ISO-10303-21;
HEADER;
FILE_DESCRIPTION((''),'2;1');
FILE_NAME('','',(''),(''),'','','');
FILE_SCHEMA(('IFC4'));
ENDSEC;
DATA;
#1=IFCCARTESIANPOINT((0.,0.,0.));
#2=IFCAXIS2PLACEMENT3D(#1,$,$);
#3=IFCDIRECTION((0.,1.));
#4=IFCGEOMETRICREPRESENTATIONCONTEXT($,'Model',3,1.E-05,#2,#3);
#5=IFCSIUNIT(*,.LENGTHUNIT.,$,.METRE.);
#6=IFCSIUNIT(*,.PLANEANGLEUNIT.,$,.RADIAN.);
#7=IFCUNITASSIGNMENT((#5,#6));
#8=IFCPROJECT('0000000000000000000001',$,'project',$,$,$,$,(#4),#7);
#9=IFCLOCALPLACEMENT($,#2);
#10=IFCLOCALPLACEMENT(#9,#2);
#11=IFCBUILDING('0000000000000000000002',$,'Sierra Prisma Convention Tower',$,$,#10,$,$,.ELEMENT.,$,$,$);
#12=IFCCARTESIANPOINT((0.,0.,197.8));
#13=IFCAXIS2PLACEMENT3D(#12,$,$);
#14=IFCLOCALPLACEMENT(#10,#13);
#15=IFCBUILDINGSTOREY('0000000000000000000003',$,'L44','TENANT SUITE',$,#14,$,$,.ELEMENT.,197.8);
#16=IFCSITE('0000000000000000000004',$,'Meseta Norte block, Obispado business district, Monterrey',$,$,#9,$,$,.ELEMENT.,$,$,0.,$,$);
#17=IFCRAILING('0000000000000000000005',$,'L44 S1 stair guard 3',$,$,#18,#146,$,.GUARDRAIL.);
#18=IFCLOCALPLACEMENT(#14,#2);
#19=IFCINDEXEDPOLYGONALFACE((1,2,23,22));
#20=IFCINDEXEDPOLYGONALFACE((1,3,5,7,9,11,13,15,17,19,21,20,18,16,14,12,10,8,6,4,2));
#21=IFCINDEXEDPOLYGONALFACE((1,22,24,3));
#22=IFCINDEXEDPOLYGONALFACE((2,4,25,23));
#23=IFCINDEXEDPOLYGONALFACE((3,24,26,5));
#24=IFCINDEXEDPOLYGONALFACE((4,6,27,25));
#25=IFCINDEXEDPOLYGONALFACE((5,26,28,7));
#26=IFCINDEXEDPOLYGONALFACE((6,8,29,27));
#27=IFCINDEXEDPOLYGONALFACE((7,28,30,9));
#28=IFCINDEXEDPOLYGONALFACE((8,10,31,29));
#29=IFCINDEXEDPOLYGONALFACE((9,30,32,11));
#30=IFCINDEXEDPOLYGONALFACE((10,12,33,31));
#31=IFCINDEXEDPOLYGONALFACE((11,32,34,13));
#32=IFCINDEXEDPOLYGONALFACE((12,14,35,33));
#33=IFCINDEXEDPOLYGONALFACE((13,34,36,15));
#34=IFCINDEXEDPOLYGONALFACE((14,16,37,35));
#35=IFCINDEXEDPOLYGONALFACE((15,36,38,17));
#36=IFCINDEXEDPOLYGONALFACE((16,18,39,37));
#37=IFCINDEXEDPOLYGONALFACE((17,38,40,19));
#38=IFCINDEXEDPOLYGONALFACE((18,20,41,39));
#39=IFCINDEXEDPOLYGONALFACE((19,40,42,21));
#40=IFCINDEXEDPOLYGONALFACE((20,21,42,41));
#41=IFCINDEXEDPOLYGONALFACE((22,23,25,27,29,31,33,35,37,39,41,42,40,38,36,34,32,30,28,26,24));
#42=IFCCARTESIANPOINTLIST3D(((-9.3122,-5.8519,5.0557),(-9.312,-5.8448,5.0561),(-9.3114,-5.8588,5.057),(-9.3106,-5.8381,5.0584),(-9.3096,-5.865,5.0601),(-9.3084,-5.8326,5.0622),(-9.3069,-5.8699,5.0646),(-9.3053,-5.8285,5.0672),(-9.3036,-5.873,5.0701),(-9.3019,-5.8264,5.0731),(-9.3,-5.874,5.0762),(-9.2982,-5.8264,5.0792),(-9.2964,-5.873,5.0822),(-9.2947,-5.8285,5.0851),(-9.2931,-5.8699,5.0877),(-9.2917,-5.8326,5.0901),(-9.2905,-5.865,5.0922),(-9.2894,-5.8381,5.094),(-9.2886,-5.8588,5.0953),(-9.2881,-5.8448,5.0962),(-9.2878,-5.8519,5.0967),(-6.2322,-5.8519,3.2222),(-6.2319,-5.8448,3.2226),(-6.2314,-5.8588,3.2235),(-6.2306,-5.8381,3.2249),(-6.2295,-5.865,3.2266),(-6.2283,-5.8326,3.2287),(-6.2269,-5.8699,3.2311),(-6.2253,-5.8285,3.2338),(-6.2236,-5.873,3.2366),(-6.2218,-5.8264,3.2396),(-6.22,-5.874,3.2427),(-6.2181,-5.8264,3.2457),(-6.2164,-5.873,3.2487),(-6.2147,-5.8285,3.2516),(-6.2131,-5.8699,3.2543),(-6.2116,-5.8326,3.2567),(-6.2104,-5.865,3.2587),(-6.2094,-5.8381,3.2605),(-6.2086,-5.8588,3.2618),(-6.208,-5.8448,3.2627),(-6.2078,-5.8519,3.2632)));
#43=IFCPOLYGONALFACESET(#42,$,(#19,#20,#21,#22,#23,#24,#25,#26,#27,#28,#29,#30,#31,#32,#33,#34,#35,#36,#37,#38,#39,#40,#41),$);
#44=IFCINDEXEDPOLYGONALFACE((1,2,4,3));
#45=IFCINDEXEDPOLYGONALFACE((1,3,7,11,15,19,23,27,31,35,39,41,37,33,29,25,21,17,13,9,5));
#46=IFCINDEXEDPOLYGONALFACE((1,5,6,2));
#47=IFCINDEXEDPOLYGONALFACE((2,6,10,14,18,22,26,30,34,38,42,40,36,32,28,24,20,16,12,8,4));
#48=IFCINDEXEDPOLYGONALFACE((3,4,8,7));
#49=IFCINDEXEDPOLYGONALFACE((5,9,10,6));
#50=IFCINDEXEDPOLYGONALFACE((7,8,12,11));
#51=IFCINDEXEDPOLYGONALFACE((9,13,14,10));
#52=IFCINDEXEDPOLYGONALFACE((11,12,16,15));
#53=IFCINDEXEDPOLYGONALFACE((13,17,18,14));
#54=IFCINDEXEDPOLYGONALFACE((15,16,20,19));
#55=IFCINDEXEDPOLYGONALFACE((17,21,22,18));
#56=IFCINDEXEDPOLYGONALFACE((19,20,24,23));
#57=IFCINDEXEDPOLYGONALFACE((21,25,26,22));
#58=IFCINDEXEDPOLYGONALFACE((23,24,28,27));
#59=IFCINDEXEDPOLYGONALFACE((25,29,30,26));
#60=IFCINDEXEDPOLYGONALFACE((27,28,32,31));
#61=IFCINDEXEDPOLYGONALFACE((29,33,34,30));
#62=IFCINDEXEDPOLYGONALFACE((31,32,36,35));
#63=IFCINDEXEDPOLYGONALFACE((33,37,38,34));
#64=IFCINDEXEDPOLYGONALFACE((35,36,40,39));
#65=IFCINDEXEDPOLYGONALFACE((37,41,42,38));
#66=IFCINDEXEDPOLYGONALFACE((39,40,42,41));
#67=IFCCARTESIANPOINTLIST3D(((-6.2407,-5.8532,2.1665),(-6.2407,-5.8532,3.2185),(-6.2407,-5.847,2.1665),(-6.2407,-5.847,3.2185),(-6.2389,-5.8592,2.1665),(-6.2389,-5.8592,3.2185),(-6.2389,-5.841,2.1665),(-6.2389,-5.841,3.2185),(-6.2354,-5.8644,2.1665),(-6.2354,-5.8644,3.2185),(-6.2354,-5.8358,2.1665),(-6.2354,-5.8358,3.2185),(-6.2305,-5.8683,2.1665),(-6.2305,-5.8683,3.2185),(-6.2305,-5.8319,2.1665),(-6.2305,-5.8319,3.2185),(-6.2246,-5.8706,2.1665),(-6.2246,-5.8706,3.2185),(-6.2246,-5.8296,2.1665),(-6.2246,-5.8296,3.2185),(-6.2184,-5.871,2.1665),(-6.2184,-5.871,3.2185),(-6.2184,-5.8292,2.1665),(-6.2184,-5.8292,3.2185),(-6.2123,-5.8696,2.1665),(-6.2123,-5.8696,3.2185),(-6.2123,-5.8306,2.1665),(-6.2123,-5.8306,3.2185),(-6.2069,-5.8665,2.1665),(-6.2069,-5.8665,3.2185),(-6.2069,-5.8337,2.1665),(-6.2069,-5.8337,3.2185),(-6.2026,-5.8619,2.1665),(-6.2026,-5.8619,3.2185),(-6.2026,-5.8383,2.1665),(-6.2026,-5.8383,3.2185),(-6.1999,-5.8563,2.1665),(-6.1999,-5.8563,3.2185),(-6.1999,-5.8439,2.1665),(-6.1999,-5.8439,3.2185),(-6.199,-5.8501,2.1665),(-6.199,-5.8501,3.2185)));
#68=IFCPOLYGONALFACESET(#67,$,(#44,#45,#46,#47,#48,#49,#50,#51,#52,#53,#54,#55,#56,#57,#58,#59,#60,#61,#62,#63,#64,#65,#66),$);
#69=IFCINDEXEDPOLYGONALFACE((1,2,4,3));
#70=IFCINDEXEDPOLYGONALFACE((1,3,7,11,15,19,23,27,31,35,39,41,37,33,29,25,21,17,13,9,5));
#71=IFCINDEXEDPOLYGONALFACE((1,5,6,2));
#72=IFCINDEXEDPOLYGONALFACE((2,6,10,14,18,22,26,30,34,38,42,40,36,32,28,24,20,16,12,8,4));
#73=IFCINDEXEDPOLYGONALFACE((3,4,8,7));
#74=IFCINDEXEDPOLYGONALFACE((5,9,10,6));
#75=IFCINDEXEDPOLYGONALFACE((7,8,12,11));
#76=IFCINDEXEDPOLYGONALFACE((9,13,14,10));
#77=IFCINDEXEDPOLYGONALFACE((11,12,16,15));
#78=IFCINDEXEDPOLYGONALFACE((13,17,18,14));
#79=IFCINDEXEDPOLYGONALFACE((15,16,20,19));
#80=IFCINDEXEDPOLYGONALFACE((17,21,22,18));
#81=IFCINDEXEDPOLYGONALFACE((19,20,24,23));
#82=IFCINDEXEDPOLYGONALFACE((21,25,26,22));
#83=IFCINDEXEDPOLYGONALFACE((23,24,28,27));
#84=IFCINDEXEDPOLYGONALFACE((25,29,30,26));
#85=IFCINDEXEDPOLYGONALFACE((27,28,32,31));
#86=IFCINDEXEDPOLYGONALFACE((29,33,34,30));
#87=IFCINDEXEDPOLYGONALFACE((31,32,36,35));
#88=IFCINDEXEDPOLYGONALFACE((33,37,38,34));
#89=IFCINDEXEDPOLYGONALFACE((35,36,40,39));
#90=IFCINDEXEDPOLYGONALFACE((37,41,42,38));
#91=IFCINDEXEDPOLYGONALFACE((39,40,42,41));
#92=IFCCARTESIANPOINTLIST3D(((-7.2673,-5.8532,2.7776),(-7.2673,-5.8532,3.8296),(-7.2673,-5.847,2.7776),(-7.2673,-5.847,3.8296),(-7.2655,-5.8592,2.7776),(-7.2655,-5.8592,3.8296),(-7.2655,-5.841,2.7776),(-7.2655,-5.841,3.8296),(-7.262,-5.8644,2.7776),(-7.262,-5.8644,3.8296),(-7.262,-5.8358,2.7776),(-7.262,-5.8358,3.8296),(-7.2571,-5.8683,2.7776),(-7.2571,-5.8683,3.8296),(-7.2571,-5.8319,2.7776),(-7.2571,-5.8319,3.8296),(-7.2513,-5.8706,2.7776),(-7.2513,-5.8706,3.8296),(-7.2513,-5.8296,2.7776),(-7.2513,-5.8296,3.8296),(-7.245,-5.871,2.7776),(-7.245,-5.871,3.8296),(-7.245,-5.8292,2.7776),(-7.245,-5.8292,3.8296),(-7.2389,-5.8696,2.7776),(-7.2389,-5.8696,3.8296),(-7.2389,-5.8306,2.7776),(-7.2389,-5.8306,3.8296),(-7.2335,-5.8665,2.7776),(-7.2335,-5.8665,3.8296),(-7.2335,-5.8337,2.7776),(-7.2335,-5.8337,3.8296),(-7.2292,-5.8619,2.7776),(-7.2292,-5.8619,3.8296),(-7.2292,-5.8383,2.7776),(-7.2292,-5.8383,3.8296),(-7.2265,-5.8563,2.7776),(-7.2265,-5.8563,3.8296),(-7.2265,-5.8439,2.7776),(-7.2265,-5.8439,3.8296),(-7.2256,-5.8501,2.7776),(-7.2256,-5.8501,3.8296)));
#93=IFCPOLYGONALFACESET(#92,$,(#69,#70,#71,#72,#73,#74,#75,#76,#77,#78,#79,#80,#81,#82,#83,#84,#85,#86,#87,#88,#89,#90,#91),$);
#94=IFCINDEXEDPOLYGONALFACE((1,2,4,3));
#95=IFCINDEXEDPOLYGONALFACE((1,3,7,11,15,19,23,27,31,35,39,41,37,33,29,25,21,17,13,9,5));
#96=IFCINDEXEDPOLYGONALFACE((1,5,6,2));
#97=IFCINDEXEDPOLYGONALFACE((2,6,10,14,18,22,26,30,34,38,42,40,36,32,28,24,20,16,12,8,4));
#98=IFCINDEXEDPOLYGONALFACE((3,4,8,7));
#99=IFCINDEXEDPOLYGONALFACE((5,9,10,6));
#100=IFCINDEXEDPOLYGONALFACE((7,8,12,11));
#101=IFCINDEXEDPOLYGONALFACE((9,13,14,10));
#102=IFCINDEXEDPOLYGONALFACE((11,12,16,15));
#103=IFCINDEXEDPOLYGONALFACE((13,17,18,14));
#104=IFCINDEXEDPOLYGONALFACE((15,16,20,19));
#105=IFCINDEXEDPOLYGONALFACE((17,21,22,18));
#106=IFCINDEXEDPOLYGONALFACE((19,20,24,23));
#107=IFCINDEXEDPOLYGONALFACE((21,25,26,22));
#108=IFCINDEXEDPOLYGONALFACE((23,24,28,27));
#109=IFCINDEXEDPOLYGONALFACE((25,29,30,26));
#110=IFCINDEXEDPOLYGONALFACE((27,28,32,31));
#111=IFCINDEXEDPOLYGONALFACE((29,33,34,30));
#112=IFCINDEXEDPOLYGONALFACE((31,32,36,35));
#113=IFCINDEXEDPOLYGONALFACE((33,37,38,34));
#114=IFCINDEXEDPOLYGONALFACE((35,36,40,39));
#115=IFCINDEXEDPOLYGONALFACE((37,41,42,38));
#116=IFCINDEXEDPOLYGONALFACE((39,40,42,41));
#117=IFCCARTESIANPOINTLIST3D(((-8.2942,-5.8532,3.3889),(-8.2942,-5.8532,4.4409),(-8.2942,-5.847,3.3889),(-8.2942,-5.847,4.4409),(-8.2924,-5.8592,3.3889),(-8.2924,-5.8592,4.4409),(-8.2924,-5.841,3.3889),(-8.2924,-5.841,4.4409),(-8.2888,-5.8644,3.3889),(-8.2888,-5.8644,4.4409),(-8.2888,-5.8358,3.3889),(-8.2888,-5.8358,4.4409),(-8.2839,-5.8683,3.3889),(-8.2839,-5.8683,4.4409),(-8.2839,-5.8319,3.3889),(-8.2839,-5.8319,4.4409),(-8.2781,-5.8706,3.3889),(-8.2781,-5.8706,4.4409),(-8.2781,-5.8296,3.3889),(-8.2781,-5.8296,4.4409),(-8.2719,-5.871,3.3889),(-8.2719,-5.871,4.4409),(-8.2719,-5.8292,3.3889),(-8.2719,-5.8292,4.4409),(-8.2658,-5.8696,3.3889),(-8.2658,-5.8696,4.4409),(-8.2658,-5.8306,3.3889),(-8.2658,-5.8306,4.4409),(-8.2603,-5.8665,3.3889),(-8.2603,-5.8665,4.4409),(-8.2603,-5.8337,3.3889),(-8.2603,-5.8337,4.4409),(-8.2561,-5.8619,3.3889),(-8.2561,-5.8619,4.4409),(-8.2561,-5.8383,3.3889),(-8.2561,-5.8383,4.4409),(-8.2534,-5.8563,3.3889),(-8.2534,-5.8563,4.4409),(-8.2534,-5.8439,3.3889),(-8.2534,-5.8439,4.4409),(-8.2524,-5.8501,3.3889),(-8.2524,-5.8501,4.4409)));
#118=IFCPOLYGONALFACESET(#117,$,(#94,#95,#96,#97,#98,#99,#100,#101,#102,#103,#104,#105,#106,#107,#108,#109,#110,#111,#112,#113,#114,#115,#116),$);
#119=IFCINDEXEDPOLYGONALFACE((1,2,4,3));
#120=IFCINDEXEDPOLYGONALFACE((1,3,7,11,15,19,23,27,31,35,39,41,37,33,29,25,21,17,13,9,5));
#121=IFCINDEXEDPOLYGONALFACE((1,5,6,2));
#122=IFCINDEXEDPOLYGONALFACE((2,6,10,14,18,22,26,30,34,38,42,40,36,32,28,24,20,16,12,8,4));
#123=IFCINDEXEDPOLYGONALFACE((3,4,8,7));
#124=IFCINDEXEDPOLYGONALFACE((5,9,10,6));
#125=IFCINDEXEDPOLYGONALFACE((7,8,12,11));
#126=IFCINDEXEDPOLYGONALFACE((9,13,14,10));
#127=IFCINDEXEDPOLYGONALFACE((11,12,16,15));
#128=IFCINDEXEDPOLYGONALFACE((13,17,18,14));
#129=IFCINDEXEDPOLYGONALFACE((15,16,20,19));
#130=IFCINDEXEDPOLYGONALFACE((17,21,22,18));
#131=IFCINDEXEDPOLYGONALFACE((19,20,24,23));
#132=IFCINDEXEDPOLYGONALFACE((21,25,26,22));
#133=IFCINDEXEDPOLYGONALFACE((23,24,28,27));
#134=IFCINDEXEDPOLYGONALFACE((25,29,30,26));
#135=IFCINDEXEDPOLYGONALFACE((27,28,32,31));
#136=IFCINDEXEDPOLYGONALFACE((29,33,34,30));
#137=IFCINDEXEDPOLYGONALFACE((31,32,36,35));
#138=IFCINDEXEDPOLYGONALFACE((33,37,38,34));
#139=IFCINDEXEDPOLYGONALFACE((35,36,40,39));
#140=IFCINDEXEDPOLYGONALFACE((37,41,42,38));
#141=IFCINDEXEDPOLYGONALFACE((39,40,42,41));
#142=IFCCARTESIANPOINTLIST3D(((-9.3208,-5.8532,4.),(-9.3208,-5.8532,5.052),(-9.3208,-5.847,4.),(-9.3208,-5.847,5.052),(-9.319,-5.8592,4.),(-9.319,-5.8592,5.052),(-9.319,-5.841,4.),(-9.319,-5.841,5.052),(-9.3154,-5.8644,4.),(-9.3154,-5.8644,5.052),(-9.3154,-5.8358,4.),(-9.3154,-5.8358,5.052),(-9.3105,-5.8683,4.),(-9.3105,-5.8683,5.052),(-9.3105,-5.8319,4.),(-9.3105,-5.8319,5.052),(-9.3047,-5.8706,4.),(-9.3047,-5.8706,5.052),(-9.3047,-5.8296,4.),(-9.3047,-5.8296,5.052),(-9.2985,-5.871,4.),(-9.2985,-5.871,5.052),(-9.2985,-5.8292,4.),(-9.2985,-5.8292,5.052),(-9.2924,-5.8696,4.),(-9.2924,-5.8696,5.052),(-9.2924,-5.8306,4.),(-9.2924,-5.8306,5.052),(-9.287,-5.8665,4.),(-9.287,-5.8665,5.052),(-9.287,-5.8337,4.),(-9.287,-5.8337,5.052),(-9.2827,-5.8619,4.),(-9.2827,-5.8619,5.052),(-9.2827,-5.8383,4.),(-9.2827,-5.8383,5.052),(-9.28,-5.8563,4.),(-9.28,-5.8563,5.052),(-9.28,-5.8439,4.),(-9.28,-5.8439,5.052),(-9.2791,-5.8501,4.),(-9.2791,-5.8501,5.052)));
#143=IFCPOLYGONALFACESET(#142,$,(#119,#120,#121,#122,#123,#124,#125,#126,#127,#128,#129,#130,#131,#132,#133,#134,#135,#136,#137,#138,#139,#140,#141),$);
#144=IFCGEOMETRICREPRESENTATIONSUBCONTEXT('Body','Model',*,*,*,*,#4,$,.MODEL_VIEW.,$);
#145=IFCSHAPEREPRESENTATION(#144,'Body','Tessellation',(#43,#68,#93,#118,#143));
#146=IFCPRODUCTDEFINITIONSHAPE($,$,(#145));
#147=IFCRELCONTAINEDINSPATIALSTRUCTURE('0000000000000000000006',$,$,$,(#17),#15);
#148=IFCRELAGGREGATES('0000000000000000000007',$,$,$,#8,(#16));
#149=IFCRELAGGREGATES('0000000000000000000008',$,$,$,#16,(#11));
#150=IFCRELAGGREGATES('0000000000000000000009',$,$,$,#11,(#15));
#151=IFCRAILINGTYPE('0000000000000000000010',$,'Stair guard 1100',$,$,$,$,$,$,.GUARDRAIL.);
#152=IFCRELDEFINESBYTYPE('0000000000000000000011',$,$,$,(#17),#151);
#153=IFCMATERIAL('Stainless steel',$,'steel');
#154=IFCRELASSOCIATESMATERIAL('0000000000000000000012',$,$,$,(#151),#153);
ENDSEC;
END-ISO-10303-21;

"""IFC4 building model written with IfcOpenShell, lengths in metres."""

from ifc_helpers import new_model, si_unit, direction, frame, origin, origin_2d, place, context, subcontext, project, spatial, circle, extrude, material, type_object, element, save


model = new_model("IFC4")

# Units and contexts
model_context = context("Model", 3, precision=1e-05, world=origin(), true_north=direction((0.0, 1.0)))
body_context = subcontext(model_context, "Body", "Model", "MODEL_VIEW")
ifc_project = project(units=[si_unit("LENGTHUNIT", "METRE"), si_unit("PLANEANGLEUNIT", "RADIAN")], contexts=[model_context])

# Site, building, storey
site_placement = place(None, origin())
site = spatial("IfcSite", under=ifc_project, at=site_placement, Name="Meseta Norte block, Obispado business district, Monterrey", CompositionType="ELEMENT", RefElevation=0.0)
building_placement = place(site_placement, origin())
building = spatial("IfcBuilding", under=site, at=building_placement, Name="Sierra Prisma Convention Tower", CompositionType="ELEMENT")
storey_placement = place(building_placement, frame((0.0, 0.0, 197.8)))
storey = spatial("IfcBuildingStorey", under=building, at=storey_placement, Name="L44", Description="TENANT SUITE", CompositionType="ELEMENT", Elevation=197.8)

# Railing
ifc_material_1 = material(Name="Stainless steel", Category="steel")
railing_type_1 = type_object("IfcRailingType", Name="Stair guard 1100", PredefinedType="GUARDRAIL", material=ifc_material_1)
railing_1_placement = place(storey_placement, frame((-6.22, -5.8501, 2.1665)))
element("IfcRailing", 1, at=railing_1_placement, inside=storey, type_object=railing_type_1, Name="L44 S1 stair guard 3", PredefinedType="GUARDRAIL", context=body_context, shape_type="SweptSolid", body=[
    extrude(circle(Radius=0.0239, at=origin_2d()), frame((0.0, 0.0, 1.0762), z_axis=(-0.859279, 0.0, 0.511508), x_axis=(0.0, -1.0, 0.0)), (0.0, 0.0, 1.0), 3.5845),
    extrude(circle(Radius=0.021, at=origin_2d()), origin(), (0.0, 0.0, 1.0), 1.052),
    extrude(circle(Radius=0.021, at=origin_2d()), frame((-1.0266, 0.0, 0.6111)), (0.0, 0.0, 1.0), 1.052),
    extrude(circle(Radius=0.021, at=origin_2d()), frame((-2.0535, 0.0, 1.2224)), (0.0, 0.0, 1.0), 1.052),
    extrude(circle(Radius=0.021, at=origin_2d()), frame((-3.0801, 0.0, 1.8335)), (0.0, 0.0, 1.0), 1.052),
])

save(model, "model.ifc")
